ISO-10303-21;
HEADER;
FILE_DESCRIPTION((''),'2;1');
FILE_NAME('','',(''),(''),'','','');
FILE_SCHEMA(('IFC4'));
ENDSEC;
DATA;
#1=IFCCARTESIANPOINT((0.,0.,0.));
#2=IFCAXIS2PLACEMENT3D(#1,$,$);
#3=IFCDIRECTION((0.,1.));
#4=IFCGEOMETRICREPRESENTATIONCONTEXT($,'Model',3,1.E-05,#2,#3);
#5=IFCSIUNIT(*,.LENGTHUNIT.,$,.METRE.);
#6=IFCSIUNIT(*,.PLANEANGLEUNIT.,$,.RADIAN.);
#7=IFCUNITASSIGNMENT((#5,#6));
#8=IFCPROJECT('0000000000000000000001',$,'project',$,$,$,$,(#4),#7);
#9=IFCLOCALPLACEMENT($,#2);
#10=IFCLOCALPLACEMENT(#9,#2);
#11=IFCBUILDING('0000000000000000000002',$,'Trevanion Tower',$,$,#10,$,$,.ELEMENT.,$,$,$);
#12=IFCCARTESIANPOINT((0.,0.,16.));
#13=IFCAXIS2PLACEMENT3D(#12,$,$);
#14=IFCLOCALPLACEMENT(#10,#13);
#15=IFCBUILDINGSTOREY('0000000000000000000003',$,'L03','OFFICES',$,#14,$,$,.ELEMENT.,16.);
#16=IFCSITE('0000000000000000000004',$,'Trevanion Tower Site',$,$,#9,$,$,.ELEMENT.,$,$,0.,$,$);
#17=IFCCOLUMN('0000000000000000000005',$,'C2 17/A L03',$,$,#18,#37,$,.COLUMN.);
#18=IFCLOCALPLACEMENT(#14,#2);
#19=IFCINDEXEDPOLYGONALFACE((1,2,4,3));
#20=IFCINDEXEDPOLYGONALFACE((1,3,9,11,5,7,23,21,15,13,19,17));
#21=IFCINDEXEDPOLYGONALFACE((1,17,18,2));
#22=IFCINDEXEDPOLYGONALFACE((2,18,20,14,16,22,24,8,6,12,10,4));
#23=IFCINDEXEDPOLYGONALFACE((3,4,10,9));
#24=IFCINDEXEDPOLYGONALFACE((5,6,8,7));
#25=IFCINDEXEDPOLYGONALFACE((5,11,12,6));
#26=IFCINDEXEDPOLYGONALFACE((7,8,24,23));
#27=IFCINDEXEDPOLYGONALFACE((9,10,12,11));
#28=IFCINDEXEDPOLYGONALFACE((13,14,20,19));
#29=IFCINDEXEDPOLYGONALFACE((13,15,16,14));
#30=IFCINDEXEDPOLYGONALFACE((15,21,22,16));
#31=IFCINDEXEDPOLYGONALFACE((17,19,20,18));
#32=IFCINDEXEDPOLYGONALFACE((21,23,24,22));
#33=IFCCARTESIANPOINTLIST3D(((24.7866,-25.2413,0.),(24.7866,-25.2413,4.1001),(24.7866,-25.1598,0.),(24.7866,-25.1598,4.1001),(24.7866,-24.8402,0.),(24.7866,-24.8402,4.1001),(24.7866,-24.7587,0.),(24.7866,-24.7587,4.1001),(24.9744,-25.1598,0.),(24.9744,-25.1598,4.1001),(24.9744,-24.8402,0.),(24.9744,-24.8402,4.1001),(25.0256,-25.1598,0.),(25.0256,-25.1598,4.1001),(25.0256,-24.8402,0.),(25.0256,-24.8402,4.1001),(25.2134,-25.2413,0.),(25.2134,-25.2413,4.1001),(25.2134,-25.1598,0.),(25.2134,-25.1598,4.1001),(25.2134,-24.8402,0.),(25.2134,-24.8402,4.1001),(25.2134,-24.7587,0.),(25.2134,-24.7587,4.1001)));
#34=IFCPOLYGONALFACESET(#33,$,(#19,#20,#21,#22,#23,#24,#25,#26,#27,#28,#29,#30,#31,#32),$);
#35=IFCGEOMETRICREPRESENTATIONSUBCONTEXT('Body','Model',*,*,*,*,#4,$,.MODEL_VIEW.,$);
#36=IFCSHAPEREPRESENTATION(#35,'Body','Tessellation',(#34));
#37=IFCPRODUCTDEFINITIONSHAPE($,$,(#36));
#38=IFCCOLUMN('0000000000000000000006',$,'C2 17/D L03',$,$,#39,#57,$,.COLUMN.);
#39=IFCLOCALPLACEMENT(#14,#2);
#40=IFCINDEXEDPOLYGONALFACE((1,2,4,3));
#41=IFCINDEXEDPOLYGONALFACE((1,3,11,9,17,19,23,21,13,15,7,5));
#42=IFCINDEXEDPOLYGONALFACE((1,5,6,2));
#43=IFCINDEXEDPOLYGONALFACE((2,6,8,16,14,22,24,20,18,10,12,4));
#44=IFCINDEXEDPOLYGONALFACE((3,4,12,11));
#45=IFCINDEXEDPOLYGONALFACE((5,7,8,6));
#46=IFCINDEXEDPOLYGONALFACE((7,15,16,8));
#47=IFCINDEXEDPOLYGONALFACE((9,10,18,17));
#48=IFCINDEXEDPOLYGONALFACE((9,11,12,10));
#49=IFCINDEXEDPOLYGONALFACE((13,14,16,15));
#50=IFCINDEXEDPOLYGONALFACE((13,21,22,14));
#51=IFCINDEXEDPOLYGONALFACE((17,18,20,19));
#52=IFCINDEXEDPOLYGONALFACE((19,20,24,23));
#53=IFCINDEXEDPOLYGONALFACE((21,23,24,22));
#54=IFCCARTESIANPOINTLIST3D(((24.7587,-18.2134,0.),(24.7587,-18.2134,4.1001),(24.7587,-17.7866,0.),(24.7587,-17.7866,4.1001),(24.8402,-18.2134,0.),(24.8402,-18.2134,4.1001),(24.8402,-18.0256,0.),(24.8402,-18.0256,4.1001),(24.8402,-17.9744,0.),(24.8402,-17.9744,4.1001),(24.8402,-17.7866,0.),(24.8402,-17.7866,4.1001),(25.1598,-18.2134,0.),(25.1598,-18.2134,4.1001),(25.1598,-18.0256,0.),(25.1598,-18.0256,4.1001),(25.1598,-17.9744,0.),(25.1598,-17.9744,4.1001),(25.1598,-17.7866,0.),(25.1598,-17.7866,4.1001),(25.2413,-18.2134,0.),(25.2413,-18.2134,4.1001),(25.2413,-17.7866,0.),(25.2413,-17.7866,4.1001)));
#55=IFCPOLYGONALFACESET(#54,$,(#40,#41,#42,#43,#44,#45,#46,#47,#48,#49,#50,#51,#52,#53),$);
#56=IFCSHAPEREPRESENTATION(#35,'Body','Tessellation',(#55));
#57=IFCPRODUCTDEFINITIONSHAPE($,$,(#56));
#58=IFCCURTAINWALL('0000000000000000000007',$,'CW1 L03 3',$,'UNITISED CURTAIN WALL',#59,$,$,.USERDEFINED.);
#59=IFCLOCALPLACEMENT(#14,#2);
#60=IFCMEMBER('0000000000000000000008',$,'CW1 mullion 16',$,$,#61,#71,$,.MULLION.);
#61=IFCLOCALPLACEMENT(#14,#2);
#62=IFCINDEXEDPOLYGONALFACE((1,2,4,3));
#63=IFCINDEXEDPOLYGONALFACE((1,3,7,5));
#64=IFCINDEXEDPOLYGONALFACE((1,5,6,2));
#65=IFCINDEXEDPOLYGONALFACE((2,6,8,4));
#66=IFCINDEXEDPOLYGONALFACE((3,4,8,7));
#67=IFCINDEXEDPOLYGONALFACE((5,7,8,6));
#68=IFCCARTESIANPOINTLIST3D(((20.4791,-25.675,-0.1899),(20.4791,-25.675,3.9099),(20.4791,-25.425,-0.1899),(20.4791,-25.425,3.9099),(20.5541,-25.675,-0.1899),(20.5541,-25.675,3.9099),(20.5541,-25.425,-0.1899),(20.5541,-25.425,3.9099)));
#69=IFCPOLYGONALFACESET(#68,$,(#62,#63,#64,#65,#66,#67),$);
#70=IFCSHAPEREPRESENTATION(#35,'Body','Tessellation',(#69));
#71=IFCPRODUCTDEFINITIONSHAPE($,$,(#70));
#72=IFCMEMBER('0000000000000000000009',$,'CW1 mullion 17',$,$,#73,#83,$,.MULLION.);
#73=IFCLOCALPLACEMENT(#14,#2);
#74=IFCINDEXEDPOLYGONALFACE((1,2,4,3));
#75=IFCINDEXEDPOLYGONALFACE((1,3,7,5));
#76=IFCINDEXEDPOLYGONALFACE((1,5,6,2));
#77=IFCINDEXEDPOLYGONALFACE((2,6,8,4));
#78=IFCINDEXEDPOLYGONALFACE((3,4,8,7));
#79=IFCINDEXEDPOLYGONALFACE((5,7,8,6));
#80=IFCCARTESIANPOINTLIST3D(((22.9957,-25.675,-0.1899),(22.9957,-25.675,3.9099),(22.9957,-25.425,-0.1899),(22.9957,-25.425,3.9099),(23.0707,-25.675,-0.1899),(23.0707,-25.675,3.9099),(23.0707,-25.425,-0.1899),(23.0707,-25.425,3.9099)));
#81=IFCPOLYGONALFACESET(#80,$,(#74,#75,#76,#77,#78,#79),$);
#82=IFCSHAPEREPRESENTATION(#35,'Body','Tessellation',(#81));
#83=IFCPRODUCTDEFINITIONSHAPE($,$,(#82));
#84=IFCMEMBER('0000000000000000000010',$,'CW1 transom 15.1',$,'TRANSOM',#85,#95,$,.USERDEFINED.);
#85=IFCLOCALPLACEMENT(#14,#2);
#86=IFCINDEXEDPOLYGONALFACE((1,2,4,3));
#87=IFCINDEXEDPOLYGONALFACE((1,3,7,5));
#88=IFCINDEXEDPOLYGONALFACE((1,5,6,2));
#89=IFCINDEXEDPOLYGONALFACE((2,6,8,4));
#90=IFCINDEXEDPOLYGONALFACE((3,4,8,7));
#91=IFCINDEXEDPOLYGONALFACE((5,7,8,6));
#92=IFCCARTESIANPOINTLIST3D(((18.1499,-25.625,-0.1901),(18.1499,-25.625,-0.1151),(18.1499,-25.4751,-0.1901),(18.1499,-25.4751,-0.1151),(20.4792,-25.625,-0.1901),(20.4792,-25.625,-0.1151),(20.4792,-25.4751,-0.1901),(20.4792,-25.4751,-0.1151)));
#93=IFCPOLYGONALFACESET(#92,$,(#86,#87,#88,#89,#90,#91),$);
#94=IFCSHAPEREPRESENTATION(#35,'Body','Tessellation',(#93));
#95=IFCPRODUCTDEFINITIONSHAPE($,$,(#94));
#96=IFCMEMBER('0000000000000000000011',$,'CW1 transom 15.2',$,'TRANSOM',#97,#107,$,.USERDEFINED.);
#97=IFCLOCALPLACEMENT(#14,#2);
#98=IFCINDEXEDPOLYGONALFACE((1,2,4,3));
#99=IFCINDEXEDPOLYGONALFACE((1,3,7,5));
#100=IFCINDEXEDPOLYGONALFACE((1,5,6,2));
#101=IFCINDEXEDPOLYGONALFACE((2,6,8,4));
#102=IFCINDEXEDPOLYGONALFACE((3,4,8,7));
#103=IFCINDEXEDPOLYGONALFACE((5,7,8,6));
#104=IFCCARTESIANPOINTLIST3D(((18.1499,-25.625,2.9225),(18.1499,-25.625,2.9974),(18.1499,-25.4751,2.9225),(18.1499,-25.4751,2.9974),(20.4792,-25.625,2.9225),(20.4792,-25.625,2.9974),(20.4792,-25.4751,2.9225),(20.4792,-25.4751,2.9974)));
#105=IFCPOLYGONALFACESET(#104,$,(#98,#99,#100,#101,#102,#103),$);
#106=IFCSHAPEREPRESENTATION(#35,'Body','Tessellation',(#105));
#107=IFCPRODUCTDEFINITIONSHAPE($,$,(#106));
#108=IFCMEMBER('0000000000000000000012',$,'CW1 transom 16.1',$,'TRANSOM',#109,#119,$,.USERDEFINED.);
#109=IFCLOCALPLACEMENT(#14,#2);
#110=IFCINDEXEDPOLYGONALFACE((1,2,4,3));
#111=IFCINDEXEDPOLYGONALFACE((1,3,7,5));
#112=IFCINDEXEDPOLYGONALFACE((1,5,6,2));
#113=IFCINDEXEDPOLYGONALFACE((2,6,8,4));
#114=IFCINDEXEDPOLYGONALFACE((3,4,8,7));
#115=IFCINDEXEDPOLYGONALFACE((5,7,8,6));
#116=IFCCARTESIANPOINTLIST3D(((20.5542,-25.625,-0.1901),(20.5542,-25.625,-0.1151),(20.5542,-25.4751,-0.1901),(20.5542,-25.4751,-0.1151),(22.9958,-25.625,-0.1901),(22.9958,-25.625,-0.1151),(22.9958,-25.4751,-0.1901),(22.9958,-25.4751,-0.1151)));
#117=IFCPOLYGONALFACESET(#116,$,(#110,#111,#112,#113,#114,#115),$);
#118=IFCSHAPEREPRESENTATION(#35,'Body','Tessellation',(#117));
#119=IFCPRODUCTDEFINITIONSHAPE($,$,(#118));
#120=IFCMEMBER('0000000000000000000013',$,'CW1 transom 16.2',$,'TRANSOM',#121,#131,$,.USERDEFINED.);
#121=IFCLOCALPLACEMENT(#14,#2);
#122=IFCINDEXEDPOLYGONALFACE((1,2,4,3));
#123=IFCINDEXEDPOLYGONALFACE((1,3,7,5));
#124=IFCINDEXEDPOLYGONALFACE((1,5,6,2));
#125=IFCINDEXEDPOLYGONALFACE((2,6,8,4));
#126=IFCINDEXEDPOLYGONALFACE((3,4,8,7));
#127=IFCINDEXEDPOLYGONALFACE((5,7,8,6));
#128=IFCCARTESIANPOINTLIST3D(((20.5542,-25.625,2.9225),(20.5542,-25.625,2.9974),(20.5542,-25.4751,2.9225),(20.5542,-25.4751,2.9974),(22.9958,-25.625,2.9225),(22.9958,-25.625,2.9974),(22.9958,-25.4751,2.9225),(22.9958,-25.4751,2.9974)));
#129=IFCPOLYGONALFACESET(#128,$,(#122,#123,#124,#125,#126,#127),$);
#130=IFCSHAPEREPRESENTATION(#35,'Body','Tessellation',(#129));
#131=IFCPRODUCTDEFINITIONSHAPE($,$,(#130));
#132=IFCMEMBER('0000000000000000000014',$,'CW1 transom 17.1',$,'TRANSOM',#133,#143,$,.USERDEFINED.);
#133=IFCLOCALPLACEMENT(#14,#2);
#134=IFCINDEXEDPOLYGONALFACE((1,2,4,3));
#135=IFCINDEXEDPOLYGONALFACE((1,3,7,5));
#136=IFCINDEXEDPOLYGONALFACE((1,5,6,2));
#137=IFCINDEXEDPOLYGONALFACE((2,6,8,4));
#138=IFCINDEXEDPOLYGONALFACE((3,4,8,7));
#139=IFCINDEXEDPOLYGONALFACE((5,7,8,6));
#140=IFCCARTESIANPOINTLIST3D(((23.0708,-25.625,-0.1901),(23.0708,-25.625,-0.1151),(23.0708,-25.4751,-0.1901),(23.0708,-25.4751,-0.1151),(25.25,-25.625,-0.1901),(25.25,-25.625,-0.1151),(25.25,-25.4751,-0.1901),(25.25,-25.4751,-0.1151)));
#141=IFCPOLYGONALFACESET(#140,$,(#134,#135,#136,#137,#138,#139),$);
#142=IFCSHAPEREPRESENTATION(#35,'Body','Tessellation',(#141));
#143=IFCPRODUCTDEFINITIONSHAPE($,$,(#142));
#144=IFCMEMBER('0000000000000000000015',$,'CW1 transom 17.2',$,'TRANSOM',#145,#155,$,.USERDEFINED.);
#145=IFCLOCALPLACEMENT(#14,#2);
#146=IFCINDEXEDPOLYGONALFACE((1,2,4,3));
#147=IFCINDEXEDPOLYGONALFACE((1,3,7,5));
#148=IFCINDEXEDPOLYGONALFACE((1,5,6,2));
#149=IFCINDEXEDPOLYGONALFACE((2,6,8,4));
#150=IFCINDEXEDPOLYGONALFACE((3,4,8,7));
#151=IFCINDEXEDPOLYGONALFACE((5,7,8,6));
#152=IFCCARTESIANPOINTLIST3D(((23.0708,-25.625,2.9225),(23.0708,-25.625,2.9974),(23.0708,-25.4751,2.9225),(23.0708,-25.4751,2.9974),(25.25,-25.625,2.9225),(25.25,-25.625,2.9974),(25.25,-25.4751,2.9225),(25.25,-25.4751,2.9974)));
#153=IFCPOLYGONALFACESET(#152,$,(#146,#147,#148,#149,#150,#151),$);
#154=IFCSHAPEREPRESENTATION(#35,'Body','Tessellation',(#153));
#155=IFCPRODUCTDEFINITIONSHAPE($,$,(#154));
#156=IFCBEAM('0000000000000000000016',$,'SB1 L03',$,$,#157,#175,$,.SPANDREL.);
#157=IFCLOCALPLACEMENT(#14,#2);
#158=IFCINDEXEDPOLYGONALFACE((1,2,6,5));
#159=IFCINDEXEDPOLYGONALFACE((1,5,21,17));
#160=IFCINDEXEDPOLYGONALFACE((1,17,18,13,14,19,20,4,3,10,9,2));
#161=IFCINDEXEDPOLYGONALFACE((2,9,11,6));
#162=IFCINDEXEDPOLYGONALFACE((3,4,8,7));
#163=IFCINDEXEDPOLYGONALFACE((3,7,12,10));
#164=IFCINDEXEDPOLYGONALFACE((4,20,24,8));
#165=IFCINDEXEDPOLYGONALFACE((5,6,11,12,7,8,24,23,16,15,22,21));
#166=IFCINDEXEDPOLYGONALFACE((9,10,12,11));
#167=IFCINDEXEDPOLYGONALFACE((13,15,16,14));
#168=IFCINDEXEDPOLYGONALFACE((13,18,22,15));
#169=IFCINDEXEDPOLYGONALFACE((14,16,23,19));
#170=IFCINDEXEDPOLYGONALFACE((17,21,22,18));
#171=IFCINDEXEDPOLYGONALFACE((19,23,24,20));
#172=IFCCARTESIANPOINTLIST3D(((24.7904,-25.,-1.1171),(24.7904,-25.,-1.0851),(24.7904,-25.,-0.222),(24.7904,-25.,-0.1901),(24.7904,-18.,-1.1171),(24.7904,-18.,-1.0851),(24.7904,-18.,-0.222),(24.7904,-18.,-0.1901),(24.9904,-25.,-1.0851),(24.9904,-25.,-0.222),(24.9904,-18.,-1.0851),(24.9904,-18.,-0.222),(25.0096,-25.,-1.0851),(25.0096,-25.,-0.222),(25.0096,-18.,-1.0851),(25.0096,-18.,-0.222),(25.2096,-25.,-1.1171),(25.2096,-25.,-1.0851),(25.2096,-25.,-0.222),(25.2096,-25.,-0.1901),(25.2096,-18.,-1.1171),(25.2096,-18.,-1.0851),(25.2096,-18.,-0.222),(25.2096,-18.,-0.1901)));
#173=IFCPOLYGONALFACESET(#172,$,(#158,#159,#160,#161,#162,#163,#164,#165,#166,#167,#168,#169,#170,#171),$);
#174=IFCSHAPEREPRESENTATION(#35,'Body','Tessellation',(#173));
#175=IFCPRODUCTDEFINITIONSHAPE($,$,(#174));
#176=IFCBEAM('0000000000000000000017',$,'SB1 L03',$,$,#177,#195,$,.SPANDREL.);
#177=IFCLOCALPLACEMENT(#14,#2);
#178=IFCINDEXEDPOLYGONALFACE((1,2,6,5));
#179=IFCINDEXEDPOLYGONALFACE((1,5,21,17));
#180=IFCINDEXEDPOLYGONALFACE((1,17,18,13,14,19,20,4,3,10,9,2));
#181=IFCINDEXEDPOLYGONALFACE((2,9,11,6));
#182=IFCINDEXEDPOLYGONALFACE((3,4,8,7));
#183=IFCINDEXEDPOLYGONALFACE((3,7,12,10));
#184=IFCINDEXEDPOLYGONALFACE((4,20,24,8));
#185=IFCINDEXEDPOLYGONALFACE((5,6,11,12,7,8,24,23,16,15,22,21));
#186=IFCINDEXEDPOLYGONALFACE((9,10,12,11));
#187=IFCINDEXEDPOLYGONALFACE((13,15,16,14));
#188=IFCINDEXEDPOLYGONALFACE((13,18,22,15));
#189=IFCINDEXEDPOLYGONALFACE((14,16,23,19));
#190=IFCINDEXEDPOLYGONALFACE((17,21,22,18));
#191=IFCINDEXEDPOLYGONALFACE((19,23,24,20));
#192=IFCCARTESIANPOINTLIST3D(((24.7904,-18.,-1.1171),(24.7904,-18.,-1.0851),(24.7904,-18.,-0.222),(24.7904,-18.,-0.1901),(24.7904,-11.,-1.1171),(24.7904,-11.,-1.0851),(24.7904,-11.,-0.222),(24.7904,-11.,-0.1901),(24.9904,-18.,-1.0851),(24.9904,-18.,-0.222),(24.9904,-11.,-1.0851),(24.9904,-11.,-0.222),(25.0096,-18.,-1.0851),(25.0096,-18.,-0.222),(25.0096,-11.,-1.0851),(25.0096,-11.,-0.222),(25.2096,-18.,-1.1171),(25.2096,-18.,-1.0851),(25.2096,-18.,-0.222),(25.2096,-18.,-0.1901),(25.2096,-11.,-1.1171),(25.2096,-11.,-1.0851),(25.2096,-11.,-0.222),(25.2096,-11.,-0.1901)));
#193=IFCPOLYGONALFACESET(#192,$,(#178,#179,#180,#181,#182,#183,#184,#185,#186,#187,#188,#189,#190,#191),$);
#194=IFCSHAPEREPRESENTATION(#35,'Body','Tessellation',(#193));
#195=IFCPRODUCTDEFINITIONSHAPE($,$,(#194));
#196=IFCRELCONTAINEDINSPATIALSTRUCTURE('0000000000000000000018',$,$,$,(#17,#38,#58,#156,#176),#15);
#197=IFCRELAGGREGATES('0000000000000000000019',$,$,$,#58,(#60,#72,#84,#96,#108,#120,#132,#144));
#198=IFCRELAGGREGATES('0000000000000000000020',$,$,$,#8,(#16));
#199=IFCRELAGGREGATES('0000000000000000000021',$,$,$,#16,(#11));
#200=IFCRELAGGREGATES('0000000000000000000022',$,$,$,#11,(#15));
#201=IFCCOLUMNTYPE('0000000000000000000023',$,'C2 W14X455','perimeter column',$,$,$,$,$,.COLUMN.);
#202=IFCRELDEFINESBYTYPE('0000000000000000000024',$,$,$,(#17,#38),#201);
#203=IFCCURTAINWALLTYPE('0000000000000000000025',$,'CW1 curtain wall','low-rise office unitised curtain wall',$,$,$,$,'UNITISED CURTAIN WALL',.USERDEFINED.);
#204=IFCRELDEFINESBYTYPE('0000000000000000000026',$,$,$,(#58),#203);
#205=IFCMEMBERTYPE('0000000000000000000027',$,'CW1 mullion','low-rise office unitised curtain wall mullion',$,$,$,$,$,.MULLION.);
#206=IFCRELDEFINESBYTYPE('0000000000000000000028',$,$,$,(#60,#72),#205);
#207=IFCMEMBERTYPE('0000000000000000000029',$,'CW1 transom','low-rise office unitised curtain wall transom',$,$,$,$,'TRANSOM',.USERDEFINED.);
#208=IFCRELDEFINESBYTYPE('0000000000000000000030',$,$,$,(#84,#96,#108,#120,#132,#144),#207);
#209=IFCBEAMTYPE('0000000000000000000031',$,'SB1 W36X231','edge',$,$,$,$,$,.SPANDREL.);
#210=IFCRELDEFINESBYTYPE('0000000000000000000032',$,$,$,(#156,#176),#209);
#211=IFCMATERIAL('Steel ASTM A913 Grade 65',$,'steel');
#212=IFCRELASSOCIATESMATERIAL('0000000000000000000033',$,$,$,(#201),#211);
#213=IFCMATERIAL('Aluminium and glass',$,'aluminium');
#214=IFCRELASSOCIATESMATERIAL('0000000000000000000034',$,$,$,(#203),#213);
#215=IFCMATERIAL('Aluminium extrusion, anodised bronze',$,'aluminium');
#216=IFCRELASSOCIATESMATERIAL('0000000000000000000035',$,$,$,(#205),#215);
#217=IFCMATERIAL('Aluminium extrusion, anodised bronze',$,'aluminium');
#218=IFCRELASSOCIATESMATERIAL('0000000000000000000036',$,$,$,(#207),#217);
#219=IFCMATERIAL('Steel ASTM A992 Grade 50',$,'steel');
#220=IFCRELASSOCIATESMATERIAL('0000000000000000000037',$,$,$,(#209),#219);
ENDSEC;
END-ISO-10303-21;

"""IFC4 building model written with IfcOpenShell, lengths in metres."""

from ifc_helpers import new_model, si_unit, direction, frame, origin, origin_2d, place, context, subcontext, project, spatial, rectangle, i_section, extrude, material, material_profile, profile_set, type_object, element, aggregate, save


model = new_model("IFC4")

# Units and contexts
model_context = context("Model", 3, precision=1e-05, world=origin(), true_north=direction((0.0, 1.0)))
body_context = subcontext(model_context, "Body", "Model", "MODEL_VIEW")
ifc_project = project(units=[si_unit("LENGTHUNIT", "METRE"), si_unit("PLANEANGLEUNIT", "RADIAN")], contexts=[model_context])

# Site, building, storey
site_placement = place(None, origin())
site = spatial("IfcSite", under=ifc_project, at=site_placement, Name="Trevanion Tower Site", CompositionType="ELEMENT", RefElevation=0.0)
building_placement = place(site_placement, origin())
building = spatial("IfcBuilding", under=site, at=building_placement, Name="Trevanion Tower", CompositionType="ELEMENT")
storey_placement = place(building_placement, frame((0.0, 0.0, 16.0)))
storey = spatial("IfcBuildingStorey", under=building, at=storey_placement, Name="L03", Description="OFFICES", CompositionType="ELEMENT", Elevation=16.0)

# Columns
ifc_material_1 = material(Name="Steel ASTM A913 Grade 65", Category="steel")
ifc_material_profile_1 = material_profile(ifc_material_1, i_section(OverallWidth=0.4268, OverallDepth=0.4827, WebThickness=0.0513, FlangeThickness=0.0815, at=origin_2d()), Name="W14X455")
ifc_profile_set_1 = profile_set([ifc_material_profile_1], Name="Steel ASTM A913 Grade 65")
column_type = type_object("IfcColumnType", Name="C2 W14X455", Description="perimeter column", PredefinedType="COLUMN", material=ifc_profile_set_1)
for number, where, z_axis, x_axis, name in (
    (1, (25.0, -25.0, 0.0), (0.0, 0.0, 1.0), (1.0, 0.0, 0.0), "C2 17/A L03"),
    (2, (25.0, -18.0, 0.0), (0.0, 0.0, 1.0), (0.0, 1.0, 0.0), "C2 17/D L03"),
):
    element("IfcColumn", number, at=place(storey_placement, frame(where, z_axis=z_axis, x_axis=x_axis)), inside=storey, type_object=column_type, Name=name, PredefinedType="COLUMN", context=body_context, shape_type="SweptSolid", body=[
        extrude(i_section(OverallWidth=0.4268, OverallDepth=0.4827, WebThickness=0.0513, FlangeThickness=0.0815, at=origin_2d()), origin(), (0.0, 0.0, 1.0), 4.1001),
    ])

# Curtain wall, members
ifc_material_2 = material(Name="Aluminium and glass", Category="aluminium")
curtain_wall_type = type_object("IfcCurtainWallType", Name="CW1 curtain wall", Description="low-rise office unitised curtain wall", ElementType="UNITISED CURTAIN WALL", PredefinedType="USERDEFINED", material=ifc_material_2)
curtain_wall_placement = place(storey_placement, origin())
curtain_wall = element("IfcCurtainWall", 3, at=curtain_wall_placement, inside=storey, type_object=curtain_wall_type, Name="CW1 L03 3", ObjectType="UNITISED CURTAIN WALL", PredefinedType="USERDEFINED")
ifc_material_3 = material(Name="Aluminium extrusion, anodised bronze", Category="aluminium")
ifc_material_profile_2 = material_profile(ifc_material_3, rectangle(XDim=0.075, YDim=0.25, at=origin_2d()), Name="CW1 mullion")
ifc_profile_set_2 = profile_set([ifc_material_profile_2], Name="Aluminium extrusion, anodised bronze")
member_type_1 = type_object("IfcMemberType", Name="CW1 mullion", Description="low-rise office unitised curtain wall mullion", PredefinedType="MULLION", material=ifc_profile_set_2)
member_1_placement = place(storey_placement, frame((20.5166, -25.55, -0.1899), z_axis=(0.0, 0.0, 1.0), x_axis=(1.0, 0.0, 0.0)))
member_1 = element("IfcMember", 4, at=member_1_placement, type_object=member_type_1, Name="CW1 mullion 16", PredefinedType="MULLION", context=body_context, shape_type="SweptSolid", body=[
    extrude(rectangle(XDim=0.075, YDim=0.25, at=origin_2d()), origin(), (0.0, 0.0, 1.0), 4.0999),
])
member_2_placement = place(storey_placement, frame((23.0332, -25.55, -0.1899), z_axis=(0.0, 0.0, 1.0), x_axis=(1.0, 0.0, 0.0)))
member_2 = element("IfcMember", 5, at=member_2_placement, type_object=member_type_1, Name="CW1 mullion 17", PredefinedType="MULLION", context=body_context, shape_type="SweptSolid", body=[
    extrude(rectangle(XDim=0.075, YDim=0.25, at=origin_2d()), origin(), (0.0, 0.0, 1.0), 4.0999),
])
ifc_material_4 = material(Name="Aluminium extrusion, anodised bronze", Category="aluminium")
ifc_material_profile_3 = material_profile(ifc_material_4, rectangle(XDim=0.1499, YDim=0.075, at=origin_2d()), Name="CW1 transom")
ifc_profile_set_3 = profile_set([ifc_material_profile_3], Name="Aluminium extrusion, anodised bronze")
member_type_2 = type_object("IfcMemberType", Name="CW1 transom", Description="low-rise office unitised curtain wall transom", ElementType="TRANSOM", PredefinedType="USERDEFINED", material=ifc_profile_set_3)
member_3_placement = place(storey_placement, frame((18.1499, -25.55, -0.1526), z_axis=(1.0, 0.0, 0.0), x_axis=(0.0, 1.0, 0.0)))
member_3 = element("IfcMember", 6, at=member_3_placement, type_object=member_type_2, Name="CW1 transom 15.1", ObjectType="TRANSOM", PredefinedType="USERDEFINED", context=body_context, shape_type="SweptSolid", body=[
    extrude(rectangle(XDim=0.1499, YDim=0.075, at=origin_2d()), origin(), (0.0, 0.0, 1.0), 2.3293),
])
member_4_placement = place(storey_placement, frame((18.1499, -25.55, 2.96), z_axis=(1.0, 0.0, 0.0), x_axis=(0.0, 1.0, 0.0)))
member_4 = element("IfcMember", 7, at=member_4_placement, type_object=member_type_2, Name="CW1 transom 15.2", ObjectType="TRANSOM", PredefinedType="USERDEFINED", context=body_context, shape_type="SweptSolid", body=[
    extrude(rectangle(XDim=0.1499, YDim=0.075, at=origin_2d()), origin(), (0.0, 0.0, 1.0), 2.3293),
])
member_5_placement = place(storey_placement, frame((20.5542, -25.55, -0.1526), z_axis=(1.0, 0.0, 0.0), x_axis=(0.0, 1.0, 0.0)))
member_5 = element("IfcMember", 8, at=member_5_placement, type_object=member_type_2, Name="CW1 transom 16.1", ObjectType="TRANSOM", PredefinedType="USERDEFINED", context=body_context, shape_type="SweptSolid", body=[
    extrude(rectangle(XDim=0.1499, YDim=0.075, at=origin_2d()), origin(), (0.0, 0.0, 1.0), 2.4417),
])
member_6_placement = place(storey_placement, frame((20.5542, -25.55, 2.96), z_axis=(1.0, 0.0, 0.0), x_axis=(0.0, 1.0, 0.0)))
member_6 = element("IfcMember", 9, at=member_6_placement, type_object=member_type_2, Name="CW1 transom 16.2", ObjectType="TRANSOM", PredefinedType="USERDEFINED", context=body_context, shape_type="SweptSolid", body=[
    extrude(rectangle(XDim=0.1499, YDim=0.075, at=origin_2d()), origin(), (0.0, 0.0, 1.0), 2.4417),
])
member_7_placement = place(storey_placement, frame((23.0708, -25.55, -0.1526), z_axis=(1.0, 0.0, 0.0), x_axis=(0.0, 1.0, 0.0)))
member_7 = element("IfcMember", 10, at=member_7_placement, type_object=member_type_2, Name="CW1 transom 17.1", ObjectType="TRANSOM", PredefinedType="USERDEFINED", context=body_context, shape_type="SweptSolid", body=[
    extrude(rectangle(XDim=0.1499, YDim=0.075, at=origin_2d()), origin(), (0.0, 0.0, 1.0), 2.1792),
])
member_8_placement = place(storey_placement, frame((23.0708, -25.55, 2.96), z_axis=(1.0, 0.0, 0.0), x_axis=(0.0, 1.0, 0.0)))
member_8 = element("IfcMember", 11, at=member_8_placement, type_object=member_type_2, Name="CW1 transom 17.2", ObjectType="TRANSOM", PredefinedType="USERDEFINED", context=body_context, shape_type="SweptSolid", body=[
    extrude(rectangle(XDim=0.1499, YDim=0.075, at=origin_2d()), origin(), (0.0, 0.0, 1.0), 2.1792),
])

# Beams
ifc_material_5 = material(Name="Steel ASTM A992 Grade 50", Category="steel")
ifc_material_profile_4 = material_profile(ifc_material_5, i_section(OverallWidth=0.4192, OverallDepth=0.927, WebThickness=0.0193, FlangeThickness=0.032, at=origin_2d()), Name="W36X231")
ifc_profile_set_4 = profile_set([ifc_material_profile_4], Name="Steel ASTM A992 Grade 50")
beam_type_1 = type_object("IfcBeamType", Name="SB1 W36X231", Description="edge", PredefinedType="SPANDREL", material=ifc_profile_set_4)
for number, where, z_axis, x_axis, name in (
    (12, (25.0, -25.0, -0.6536), (0.0, 1.0, 0.0), (-1.0, 0.0, 0.0), "SB1 L03"),
    (13, (25.0, -18.0, -0.6536), (0.0, 1.0, 0.0), (-1.0, 0.0, 0.0), "SB1 L03"),
):
    element("IfcBeam", number, at=place(storey_placement, frame(where, z_axis=z_axis, x_axis=x_axis)), inside=storey, type_object=beam_type_1, Name=name, PredefinedType="SPANDREL", context=body_context, shape_type="SweptSolid", body=[
        extrude(i_section(OverallWidth=0.4192, OverallDepth=0.927, WebThickness=0.0193, FlangeThickness=0.032, at=origin_2d()), origin(), (0.0, 0.0, 1.0), 7.0),
    ])

aggregate(curtain_wall, [member_1, member_2, member_3, member_4, member_5, member_6, member_7, member_8])

save(model, "model.ifc")
